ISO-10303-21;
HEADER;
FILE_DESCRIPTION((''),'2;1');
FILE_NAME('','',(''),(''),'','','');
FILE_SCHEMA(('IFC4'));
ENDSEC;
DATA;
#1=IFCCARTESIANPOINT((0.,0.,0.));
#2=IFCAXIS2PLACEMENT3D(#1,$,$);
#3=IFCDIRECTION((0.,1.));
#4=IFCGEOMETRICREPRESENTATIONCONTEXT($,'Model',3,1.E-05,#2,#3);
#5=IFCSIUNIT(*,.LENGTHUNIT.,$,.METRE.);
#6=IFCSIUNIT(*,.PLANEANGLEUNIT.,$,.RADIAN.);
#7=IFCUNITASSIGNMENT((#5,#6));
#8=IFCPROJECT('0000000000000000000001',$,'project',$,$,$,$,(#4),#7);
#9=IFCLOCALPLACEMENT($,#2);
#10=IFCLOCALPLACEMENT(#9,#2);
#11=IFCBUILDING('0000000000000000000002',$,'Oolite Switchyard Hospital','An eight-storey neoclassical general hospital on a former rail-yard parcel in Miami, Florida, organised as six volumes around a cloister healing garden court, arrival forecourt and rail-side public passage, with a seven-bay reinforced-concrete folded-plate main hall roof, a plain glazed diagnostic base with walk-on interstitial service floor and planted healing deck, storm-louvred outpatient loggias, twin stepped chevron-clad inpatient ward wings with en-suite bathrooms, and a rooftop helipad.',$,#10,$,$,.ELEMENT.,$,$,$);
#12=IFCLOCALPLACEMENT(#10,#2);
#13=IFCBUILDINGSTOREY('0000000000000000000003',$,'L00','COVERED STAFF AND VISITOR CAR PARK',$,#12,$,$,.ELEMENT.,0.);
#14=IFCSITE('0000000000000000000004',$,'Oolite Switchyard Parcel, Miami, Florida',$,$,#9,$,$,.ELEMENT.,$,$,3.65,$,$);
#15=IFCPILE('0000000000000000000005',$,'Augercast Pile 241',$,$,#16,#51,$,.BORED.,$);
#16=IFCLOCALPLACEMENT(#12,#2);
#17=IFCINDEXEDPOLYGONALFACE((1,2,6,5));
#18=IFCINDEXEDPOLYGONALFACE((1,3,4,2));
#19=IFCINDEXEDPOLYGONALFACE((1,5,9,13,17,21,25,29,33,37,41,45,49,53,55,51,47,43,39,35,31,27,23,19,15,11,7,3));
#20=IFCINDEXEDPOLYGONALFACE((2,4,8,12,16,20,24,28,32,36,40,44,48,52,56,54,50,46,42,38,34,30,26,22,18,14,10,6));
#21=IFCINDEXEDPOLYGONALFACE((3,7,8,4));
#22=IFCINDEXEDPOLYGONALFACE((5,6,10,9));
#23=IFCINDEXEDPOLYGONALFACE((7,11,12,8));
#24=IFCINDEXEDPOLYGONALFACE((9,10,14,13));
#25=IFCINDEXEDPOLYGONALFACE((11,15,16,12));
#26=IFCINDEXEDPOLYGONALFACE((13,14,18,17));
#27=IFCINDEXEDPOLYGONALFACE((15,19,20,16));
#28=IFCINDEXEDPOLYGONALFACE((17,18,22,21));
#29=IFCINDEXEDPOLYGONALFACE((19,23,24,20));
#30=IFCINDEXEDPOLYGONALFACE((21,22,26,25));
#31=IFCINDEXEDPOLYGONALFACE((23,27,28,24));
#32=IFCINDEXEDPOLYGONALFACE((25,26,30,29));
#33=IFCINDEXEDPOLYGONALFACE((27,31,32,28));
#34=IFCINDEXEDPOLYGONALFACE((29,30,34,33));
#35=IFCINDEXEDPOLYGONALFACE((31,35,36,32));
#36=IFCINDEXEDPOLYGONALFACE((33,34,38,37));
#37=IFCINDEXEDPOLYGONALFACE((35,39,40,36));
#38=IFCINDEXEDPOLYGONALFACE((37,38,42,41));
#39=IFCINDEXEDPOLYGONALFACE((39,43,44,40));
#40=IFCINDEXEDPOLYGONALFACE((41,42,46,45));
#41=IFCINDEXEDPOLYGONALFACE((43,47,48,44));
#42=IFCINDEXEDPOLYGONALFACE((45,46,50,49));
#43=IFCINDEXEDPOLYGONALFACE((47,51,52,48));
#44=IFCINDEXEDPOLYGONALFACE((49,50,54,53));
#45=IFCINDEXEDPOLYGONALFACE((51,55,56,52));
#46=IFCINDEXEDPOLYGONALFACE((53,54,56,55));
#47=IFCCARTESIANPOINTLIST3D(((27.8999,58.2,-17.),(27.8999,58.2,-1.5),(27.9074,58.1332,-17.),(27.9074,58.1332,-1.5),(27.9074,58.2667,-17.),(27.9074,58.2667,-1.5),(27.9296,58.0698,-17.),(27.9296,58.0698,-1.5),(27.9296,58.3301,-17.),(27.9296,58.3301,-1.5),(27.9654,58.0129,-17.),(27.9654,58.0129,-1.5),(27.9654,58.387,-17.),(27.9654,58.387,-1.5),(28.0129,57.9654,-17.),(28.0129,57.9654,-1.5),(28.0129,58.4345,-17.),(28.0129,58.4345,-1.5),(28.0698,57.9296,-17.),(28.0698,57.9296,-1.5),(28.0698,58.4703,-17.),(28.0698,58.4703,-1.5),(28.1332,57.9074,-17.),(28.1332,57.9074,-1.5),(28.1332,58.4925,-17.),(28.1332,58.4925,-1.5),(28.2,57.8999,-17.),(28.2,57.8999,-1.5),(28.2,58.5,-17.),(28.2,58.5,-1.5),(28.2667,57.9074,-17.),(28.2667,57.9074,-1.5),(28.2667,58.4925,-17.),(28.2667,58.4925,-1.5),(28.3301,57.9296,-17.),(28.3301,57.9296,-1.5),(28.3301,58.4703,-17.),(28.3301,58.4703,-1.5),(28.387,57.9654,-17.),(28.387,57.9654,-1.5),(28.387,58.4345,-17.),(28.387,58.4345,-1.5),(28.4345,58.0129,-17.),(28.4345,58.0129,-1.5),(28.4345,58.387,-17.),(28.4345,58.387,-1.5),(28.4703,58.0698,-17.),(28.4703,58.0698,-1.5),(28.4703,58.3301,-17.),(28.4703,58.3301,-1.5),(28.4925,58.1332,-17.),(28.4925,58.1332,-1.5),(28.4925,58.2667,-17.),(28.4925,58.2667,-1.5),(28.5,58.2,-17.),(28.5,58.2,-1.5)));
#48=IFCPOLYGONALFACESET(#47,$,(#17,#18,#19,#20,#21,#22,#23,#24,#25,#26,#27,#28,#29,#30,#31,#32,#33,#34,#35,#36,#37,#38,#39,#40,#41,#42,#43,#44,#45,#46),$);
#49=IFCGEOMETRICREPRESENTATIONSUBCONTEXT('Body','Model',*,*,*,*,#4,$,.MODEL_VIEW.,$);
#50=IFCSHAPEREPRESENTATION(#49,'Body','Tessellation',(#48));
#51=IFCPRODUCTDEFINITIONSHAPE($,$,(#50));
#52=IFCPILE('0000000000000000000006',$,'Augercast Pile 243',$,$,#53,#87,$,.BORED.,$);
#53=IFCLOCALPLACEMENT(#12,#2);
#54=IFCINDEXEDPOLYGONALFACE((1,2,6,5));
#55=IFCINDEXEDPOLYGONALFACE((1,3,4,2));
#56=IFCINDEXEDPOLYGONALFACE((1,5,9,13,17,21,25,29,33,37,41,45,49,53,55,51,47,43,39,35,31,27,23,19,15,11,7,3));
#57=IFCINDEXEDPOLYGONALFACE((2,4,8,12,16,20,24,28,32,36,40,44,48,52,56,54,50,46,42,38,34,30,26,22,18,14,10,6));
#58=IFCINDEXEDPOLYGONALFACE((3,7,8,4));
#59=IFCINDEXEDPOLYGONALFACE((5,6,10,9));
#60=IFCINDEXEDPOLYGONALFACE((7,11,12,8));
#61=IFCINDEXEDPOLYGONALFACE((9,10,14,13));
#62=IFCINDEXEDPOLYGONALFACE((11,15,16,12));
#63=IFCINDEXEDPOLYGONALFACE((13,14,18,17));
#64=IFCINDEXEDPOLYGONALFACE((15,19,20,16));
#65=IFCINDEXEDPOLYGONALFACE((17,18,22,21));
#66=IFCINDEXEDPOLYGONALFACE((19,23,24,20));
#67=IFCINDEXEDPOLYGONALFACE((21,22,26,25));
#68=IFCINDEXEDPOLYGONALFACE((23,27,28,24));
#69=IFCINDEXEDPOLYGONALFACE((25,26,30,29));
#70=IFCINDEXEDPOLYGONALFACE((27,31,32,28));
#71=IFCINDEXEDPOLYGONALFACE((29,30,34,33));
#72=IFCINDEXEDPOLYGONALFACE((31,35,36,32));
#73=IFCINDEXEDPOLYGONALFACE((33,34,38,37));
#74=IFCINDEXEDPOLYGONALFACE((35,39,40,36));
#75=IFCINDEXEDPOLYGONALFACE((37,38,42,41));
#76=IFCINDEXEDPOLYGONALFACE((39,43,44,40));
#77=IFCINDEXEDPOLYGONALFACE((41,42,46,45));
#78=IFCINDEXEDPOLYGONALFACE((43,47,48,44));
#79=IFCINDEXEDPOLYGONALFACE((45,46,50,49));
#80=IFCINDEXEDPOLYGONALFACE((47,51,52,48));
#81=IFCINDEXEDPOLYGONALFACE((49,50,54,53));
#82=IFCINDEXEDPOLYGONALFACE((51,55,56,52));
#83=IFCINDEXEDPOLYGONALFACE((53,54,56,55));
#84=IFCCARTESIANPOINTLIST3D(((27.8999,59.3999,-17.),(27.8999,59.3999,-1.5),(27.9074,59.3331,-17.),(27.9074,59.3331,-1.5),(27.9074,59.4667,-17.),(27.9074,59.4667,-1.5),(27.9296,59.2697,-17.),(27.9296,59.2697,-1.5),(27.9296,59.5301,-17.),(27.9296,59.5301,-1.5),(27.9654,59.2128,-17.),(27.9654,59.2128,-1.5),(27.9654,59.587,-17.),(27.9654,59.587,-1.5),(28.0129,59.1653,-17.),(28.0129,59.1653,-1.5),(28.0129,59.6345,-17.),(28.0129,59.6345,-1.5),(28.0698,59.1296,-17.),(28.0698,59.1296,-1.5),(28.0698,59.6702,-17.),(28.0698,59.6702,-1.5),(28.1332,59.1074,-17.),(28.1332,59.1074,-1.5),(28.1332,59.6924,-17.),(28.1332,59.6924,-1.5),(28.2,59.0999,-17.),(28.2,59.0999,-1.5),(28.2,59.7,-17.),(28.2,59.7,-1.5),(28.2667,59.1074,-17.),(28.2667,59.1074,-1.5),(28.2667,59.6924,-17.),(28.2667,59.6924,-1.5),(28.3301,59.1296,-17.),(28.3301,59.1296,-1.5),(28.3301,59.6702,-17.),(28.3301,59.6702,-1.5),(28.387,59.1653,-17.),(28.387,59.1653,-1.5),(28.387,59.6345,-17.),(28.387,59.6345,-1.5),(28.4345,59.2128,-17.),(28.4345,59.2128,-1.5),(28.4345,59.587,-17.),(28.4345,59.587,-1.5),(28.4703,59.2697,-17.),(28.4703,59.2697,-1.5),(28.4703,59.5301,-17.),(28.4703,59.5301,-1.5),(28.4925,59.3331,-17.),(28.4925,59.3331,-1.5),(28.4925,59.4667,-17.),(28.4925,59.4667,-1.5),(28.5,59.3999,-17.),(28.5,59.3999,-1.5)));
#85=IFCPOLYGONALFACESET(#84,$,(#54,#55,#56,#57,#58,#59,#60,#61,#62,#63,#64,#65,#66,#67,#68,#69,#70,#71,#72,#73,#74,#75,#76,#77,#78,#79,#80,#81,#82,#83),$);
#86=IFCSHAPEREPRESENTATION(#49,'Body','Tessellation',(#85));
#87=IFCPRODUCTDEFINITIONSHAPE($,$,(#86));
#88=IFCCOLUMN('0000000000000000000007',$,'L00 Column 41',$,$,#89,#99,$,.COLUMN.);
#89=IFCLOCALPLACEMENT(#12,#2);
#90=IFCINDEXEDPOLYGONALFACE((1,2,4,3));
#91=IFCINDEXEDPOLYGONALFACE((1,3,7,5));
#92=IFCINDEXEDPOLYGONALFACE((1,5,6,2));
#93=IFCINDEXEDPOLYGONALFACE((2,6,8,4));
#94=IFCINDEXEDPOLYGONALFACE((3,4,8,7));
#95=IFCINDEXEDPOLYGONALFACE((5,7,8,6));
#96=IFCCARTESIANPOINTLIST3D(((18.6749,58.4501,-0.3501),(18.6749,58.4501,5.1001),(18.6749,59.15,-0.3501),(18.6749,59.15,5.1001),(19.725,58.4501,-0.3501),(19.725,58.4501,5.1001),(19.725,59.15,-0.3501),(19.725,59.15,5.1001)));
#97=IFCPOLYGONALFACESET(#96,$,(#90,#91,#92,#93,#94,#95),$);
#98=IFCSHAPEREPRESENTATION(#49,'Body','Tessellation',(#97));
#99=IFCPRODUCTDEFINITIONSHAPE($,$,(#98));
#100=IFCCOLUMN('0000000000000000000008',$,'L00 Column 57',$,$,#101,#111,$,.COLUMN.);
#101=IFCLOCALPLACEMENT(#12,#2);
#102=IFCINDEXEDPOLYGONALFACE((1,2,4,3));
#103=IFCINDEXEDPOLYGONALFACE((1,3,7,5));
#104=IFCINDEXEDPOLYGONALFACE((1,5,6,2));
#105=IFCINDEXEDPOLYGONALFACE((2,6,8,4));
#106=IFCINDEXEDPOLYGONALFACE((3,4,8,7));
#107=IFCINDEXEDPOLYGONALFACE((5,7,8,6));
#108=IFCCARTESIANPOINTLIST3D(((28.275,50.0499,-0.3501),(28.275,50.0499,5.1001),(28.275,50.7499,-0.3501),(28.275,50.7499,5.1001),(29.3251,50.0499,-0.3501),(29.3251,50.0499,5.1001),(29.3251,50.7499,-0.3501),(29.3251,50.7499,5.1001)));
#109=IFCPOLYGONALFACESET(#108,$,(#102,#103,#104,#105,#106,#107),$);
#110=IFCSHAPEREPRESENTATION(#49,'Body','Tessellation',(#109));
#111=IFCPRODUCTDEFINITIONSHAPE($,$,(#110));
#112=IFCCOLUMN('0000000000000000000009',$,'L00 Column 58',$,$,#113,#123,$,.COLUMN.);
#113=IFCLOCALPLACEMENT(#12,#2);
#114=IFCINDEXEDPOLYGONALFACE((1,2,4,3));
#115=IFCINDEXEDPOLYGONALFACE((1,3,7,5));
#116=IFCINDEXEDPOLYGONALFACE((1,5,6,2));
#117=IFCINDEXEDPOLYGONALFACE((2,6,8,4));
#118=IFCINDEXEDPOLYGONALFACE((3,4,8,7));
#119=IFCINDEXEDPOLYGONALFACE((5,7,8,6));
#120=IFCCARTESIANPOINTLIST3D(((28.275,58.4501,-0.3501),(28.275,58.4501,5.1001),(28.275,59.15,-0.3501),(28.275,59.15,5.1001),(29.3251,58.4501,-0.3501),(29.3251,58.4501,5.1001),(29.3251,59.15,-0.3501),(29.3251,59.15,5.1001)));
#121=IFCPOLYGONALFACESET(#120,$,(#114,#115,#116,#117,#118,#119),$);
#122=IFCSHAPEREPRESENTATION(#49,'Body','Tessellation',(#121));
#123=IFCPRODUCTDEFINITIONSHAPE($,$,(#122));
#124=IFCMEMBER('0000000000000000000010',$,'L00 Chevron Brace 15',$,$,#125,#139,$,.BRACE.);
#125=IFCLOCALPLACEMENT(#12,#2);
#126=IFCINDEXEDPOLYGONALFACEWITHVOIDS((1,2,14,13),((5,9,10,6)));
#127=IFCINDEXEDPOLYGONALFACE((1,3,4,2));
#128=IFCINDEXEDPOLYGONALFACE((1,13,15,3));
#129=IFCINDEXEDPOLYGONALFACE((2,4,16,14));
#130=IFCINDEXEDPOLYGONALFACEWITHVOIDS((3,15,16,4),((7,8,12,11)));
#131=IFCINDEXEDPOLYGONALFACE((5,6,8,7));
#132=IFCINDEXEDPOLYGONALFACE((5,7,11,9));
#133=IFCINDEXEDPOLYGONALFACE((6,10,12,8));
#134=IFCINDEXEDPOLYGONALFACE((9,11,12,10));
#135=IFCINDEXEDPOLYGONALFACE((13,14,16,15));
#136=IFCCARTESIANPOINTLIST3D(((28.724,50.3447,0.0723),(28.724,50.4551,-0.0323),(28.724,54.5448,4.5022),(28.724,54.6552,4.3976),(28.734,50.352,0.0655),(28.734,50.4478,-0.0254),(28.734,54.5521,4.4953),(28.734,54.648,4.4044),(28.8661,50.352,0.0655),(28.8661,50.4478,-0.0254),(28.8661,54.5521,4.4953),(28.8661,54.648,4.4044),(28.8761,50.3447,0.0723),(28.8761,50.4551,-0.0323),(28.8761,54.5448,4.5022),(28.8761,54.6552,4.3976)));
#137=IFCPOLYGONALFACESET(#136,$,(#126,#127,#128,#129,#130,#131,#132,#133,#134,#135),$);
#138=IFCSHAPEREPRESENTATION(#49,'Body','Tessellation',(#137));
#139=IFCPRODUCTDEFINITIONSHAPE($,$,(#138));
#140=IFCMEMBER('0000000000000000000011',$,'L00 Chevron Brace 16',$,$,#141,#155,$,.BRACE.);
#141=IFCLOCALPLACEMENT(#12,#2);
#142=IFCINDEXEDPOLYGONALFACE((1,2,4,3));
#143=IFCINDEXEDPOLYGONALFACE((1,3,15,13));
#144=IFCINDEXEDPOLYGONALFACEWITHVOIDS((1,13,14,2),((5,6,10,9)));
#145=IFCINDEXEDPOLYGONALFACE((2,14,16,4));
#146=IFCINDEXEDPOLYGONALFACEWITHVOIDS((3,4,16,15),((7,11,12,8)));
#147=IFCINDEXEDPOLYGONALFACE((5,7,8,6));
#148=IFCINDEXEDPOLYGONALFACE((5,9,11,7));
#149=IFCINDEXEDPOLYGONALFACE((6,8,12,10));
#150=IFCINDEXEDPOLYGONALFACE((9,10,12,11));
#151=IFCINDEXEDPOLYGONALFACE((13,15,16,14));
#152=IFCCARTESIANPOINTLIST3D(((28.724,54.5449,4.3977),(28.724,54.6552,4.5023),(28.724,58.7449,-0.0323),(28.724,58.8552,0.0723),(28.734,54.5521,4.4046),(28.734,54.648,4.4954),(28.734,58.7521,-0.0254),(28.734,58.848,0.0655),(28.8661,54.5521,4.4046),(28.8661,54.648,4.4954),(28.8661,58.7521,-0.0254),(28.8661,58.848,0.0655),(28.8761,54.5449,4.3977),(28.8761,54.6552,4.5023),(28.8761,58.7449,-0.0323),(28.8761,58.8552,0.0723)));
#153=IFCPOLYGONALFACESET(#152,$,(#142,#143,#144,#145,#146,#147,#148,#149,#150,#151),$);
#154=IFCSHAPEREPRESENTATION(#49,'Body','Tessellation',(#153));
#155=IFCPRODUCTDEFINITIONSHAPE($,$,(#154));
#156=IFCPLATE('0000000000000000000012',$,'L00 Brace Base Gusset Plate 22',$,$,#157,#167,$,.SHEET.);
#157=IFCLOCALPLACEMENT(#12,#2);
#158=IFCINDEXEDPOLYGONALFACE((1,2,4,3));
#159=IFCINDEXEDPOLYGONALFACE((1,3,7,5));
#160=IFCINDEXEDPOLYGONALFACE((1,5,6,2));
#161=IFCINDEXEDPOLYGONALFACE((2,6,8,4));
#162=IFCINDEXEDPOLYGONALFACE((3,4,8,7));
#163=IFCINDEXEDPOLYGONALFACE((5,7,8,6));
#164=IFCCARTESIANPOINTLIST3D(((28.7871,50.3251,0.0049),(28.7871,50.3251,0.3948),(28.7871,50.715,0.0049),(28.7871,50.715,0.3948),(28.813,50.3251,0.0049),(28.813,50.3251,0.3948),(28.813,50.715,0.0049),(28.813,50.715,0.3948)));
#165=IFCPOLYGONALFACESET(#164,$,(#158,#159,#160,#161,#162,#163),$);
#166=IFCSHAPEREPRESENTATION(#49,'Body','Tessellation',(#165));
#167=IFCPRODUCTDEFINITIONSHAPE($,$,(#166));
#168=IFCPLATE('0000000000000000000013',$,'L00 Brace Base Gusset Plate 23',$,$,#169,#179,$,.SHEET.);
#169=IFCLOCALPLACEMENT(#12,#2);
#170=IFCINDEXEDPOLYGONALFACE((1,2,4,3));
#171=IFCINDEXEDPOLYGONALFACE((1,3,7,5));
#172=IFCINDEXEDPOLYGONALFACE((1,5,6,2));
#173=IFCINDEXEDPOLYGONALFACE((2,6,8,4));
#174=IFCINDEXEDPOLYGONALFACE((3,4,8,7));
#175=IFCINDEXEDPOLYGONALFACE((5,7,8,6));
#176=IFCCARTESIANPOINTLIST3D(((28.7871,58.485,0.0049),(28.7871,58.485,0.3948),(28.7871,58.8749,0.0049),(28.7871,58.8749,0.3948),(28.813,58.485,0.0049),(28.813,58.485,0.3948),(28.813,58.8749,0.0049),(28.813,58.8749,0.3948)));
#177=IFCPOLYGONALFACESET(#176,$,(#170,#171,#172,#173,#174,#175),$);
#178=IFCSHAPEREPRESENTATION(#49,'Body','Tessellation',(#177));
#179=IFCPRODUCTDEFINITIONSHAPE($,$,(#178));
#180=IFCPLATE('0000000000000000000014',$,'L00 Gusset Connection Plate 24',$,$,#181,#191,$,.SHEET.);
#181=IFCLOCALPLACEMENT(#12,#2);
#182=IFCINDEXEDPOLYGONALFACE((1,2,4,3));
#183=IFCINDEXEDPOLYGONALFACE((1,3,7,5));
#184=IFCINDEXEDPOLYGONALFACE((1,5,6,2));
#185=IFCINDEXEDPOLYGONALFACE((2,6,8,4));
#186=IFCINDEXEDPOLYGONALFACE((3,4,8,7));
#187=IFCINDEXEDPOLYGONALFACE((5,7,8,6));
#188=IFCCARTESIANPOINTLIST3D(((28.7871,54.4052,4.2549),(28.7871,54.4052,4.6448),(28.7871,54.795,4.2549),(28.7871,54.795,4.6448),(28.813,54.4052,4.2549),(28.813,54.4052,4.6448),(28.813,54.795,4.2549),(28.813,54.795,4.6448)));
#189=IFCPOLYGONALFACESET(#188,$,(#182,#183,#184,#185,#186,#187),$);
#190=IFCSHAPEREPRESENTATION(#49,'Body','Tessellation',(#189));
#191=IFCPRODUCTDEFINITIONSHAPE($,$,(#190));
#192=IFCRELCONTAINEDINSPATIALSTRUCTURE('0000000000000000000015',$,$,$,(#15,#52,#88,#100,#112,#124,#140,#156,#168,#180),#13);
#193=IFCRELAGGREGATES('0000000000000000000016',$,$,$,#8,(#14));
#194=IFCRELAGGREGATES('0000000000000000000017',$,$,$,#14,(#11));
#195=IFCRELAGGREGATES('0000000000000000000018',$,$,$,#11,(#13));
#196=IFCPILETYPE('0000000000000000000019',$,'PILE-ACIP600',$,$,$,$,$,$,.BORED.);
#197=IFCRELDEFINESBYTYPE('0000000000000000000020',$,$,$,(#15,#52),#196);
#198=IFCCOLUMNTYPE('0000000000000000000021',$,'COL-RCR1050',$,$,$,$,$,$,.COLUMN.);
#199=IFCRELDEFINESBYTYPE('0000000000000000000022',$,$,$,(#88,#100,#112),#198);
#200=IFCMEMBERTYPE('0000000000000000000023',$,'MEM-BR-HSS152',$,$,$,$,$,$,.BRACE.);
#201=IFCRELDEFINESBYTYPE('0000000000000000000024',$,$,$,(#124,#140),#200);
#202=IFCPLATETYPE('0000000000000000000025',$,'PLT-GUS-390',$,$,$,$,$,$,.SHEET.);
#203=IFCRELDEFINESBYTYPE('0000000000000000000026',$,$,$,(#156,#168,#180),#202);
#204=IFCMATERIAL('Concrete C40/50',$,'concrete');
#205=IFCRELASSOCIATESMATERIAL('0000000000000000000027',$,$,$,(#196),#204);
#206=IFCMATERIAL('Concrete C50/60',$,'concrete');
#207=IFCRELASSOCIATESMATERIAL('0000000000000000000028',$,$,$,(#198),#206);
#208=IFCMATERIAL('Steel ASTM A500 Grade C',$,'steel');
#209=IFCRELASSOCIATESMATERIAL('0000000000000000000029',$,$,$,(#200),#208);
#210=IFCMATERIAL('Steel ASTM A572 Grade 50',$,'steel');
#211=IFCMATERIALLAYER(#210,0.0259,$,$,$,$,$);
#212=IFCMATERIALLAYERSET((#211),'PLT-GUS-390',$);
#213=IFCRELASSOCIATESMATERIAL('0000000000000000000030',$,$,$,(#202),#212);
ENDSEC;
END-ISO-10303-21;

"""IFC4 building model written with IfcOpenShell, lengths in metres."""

from ifc_helpers import new_model, si_unit, direction, frame, origin, origin_2d, place, context, subcontext, project, spatial, rectangle, hollow_rectangle, circle, extrude, material, layer, layer_set, material_profile, profile_set, type_object, element, save


model = new_model("IFC4")

# Units and contexts
model_context = context("Model", 3, precision=1e-05, world=origin(), true_north=direction((0.0, 1.0)))
body_context = subcontext(model_context, "Body", "Model", "MODEL_VIEW")
ifc_project = project(units=[si_unit("LENGTHUNIT", "METRE"), si_unit("PLANEANGLEUNIT", "RADIAN")], contexts=[model_context])

# Site, building, storey
site_placement = place(None, origin())
site = spatial("IfcSite", under=ifc_project, at=site_placement, Name="Oolite Switchyard Parcel, Miami, Florida", CompositionType="ELEMENT", RefElevation=3.65)
building_placement = place(site_placement, origin())
building = spatial("IfcBuilding", under=site, at=building_placement, Name="Oolite Switchyard Hospital", Description="An eight-storey neoclassical general hospital on a former rail-yard parcel in Miami, Florida, organised as six volumes around a cloister healing garden court, arrival forecourt and rail-side public passage, with a seven-bay reinforced-concrete folded-plate main hall roof, a plain glazed diagnostic base with walk-on interstitial service floor and planted healing deck, storm-louvred outpatient loggias, twin stepped chevron-clad inpatient ward wings with en-suite bathrooms, and a rooftop helipad.", CompositionType="ELEMENT")
storey_placement = place(building_placement, origin())
storey = spatial("IfcBuildingStorey", under=building, at=storey_placement, Name="L00", Description="COVERED STAFF AND VISITOR CAR PARK", CompositionType="ELEMENT", Elevation=0.0)

# Shared definitions
ifc_material_1 = material(Name="Concrete C40/50", Category="concrete")

# Piles
ifc_material_profile_1 = material_profile(ifc_material_1, circle(Radius=0.3, at=origin_2d()), Name="PILE600")
ifc_profile_set_1 = profile_set([ifc_material_profile_1], Name="Concrete C40/50")
pile_type = type_object("IfcPileType", Name="PILE-ACIP600", PredefinedType="BORED", material=ifc_profile_set_1)
for number, where, z_axis, x_axis, name in (
    (1, (28.2, 58.2, -1.5), (0.0, 0.0, -1.0), (1.0, 0.0, 0.0), "Augercast Pile 241"),
    (2, (28.2, 59.3999, -1.5), (0.0, 0.0, -1.0), (1.0, 0.0, 0.0), "Augercast Pile 243"),
):
    element("IfcPile", number, at=place(storey_placement, frame(where, z_axis=z_axis, x_axis=x_axis)), inside=storey, type_object=pile_type, Name=name, PredefinedType="BORED", context=body_context, shape_type="SweptSolid", body=[
        extrude(circle(Radius=0.3, at=origin_2d()), origin(), (0.0, 0.0, 1.0), 15.5),
    ])

# Columns
ifc_material_2 = material(Name="Concrete C50/60", Category="concrete")
ifc_material_profile_2 = material_profile(ifc_material_2, rectangle(XDim=1.05, YDim=0.7, at=origin_2d()), Name="RC1050X700")
ifc_profile_set_2 = profile_set([ifc_material_profile_2], Name="Concrete C50/60")
column_type = type_object("IfcColumnType", Name="COL-RCR1050", PredefinedType="COLUMN", material=ifc_profile_set_2)
for number, where, z_axis, x_axis, name in (
    (3, (19.2, 58.8, -0.3501), (0.0, 0.0, 1.0), (1.0, 0.0, 0.0), "L00 Column 41"),
    (4, (28.8, 50.3999, -0.3501), (0.0, 0.0, 1.0), (1.0, 0.0, 0.0), "L00 Column 57"),
    (5, (28.8, 58.8, -0.3501), (0.0, 0.0, 1.0), (1.0, 0.0, 0.0), "L00 Column 58"),
):
    element("IfcColumn", number, at=place(storey_placement, frame(where, z_axis=z_axis, x_axis=x_axis)), inside=storey, type_object=column_type, Name=name, PredefinedType="COLUMN", context=body_context, shape_type="SweptSolid", body=[
        extrude(rectangle(XDim=1.05, YDim=0.7, at=origin_2d()), origin(), (0.0, 0.0, 1.0), 5.4502),
    ])

# Members
ifc_material_3 = material(Name="Steel ASTM A500 Grade C", Category="steel")
ifc_material_profile_3 = material_profile(ifc_material_3, hollow_rectangle(XDim=0.1521, YDim=0.1521, WallThickness=0.01, at=origin_2d()), Name="HSS152X152X10")
ifc_profile_set_3 = profile_set([ifc_material_profile_3], Name="Steel ASTM A500 Grade C")
member_type = type_object("IfcMemberType", Name="MEM-BR-HSS152", PredefinedType="BRACE", material=ifc_profile_set_3)
for number, where, z_axis, x_axis, name in (
    (6, (28.8, 50.3999, 0.02), (0.0, 0.68804, 0.725673), (-1.0, 0.0, 0.0), "L00 Chevron Brace 15"),
    (7, (28.8, 58.8, 0.02), (0.0, -0.688019, 0.725693), (1.0, 0.0, 0.0), "L00 Chevron Brace 16"),
):
    element("IfcMember", number, at=place(storey_placement, frame(where, z_axis=z_axis, x_axis=x_axis)), inside=storey, type_object=member_type, Name=name, PredefinedType="BRACE", context=body_context, shape_type="SweptSolid", body=[
        extrude(hollow_rectangle(XDim=0.1521, YDim=0.1521, WallThickness=0.01, at=origin_2d()), origin(), (0.0, 0.0, 1.0), 6.1045),
    ])

# Plates
ifc_material_4 = material(Name="Steel ASTM A572 Grade 50", Category="steel")
ifc_layer = layer(ifc_material_4, 0.0259)
ifc_layer_set = layer_set([ifc_layer], Name="PLT-GUS-390")
plate_type = type_object("IfcPlateType", Name="PLT-GUS-390", PredefinedType="SHEET", material=ifc_layer_set)
for number, where, z_axis, x_axis, name in (
    (8, (28.8, 50.52, 0.0049), (0.0, 0.0, 1.0), (0.0, 1.0, 0.0), "L00 Brace Base Gusset Plate 22"),
    (9, (28.8, 58.6799, 0.0049), (0.0, 0.0, 1.0), (0.0, 1.0, 0.0), "L00 Brace Base Gusset Plate 23"),
    (10, (28.8, 54.6001, 4.2549), (0.0, 0.0, 1.0), (0.0, 1.0, 0.0), "L00 Gusset Connection Plate 24"),
):
    element("IfcPlate", number, at=place(storey_placement, frame(where, z_axis=z_axis, x_axis=x_axis)), inside=storey, type_object=plate_type, Name=name, PredefinedType="SHEET", context=body_context, shape_type="SweptSolid", body=[
        extrude(rectangle(XDim=0.3899, YDim=0.0259, at=origin_2d()), origin(), (0.0, 0.0, 1.0), 0.3899),
    ])

save(model, "model.ifc")
